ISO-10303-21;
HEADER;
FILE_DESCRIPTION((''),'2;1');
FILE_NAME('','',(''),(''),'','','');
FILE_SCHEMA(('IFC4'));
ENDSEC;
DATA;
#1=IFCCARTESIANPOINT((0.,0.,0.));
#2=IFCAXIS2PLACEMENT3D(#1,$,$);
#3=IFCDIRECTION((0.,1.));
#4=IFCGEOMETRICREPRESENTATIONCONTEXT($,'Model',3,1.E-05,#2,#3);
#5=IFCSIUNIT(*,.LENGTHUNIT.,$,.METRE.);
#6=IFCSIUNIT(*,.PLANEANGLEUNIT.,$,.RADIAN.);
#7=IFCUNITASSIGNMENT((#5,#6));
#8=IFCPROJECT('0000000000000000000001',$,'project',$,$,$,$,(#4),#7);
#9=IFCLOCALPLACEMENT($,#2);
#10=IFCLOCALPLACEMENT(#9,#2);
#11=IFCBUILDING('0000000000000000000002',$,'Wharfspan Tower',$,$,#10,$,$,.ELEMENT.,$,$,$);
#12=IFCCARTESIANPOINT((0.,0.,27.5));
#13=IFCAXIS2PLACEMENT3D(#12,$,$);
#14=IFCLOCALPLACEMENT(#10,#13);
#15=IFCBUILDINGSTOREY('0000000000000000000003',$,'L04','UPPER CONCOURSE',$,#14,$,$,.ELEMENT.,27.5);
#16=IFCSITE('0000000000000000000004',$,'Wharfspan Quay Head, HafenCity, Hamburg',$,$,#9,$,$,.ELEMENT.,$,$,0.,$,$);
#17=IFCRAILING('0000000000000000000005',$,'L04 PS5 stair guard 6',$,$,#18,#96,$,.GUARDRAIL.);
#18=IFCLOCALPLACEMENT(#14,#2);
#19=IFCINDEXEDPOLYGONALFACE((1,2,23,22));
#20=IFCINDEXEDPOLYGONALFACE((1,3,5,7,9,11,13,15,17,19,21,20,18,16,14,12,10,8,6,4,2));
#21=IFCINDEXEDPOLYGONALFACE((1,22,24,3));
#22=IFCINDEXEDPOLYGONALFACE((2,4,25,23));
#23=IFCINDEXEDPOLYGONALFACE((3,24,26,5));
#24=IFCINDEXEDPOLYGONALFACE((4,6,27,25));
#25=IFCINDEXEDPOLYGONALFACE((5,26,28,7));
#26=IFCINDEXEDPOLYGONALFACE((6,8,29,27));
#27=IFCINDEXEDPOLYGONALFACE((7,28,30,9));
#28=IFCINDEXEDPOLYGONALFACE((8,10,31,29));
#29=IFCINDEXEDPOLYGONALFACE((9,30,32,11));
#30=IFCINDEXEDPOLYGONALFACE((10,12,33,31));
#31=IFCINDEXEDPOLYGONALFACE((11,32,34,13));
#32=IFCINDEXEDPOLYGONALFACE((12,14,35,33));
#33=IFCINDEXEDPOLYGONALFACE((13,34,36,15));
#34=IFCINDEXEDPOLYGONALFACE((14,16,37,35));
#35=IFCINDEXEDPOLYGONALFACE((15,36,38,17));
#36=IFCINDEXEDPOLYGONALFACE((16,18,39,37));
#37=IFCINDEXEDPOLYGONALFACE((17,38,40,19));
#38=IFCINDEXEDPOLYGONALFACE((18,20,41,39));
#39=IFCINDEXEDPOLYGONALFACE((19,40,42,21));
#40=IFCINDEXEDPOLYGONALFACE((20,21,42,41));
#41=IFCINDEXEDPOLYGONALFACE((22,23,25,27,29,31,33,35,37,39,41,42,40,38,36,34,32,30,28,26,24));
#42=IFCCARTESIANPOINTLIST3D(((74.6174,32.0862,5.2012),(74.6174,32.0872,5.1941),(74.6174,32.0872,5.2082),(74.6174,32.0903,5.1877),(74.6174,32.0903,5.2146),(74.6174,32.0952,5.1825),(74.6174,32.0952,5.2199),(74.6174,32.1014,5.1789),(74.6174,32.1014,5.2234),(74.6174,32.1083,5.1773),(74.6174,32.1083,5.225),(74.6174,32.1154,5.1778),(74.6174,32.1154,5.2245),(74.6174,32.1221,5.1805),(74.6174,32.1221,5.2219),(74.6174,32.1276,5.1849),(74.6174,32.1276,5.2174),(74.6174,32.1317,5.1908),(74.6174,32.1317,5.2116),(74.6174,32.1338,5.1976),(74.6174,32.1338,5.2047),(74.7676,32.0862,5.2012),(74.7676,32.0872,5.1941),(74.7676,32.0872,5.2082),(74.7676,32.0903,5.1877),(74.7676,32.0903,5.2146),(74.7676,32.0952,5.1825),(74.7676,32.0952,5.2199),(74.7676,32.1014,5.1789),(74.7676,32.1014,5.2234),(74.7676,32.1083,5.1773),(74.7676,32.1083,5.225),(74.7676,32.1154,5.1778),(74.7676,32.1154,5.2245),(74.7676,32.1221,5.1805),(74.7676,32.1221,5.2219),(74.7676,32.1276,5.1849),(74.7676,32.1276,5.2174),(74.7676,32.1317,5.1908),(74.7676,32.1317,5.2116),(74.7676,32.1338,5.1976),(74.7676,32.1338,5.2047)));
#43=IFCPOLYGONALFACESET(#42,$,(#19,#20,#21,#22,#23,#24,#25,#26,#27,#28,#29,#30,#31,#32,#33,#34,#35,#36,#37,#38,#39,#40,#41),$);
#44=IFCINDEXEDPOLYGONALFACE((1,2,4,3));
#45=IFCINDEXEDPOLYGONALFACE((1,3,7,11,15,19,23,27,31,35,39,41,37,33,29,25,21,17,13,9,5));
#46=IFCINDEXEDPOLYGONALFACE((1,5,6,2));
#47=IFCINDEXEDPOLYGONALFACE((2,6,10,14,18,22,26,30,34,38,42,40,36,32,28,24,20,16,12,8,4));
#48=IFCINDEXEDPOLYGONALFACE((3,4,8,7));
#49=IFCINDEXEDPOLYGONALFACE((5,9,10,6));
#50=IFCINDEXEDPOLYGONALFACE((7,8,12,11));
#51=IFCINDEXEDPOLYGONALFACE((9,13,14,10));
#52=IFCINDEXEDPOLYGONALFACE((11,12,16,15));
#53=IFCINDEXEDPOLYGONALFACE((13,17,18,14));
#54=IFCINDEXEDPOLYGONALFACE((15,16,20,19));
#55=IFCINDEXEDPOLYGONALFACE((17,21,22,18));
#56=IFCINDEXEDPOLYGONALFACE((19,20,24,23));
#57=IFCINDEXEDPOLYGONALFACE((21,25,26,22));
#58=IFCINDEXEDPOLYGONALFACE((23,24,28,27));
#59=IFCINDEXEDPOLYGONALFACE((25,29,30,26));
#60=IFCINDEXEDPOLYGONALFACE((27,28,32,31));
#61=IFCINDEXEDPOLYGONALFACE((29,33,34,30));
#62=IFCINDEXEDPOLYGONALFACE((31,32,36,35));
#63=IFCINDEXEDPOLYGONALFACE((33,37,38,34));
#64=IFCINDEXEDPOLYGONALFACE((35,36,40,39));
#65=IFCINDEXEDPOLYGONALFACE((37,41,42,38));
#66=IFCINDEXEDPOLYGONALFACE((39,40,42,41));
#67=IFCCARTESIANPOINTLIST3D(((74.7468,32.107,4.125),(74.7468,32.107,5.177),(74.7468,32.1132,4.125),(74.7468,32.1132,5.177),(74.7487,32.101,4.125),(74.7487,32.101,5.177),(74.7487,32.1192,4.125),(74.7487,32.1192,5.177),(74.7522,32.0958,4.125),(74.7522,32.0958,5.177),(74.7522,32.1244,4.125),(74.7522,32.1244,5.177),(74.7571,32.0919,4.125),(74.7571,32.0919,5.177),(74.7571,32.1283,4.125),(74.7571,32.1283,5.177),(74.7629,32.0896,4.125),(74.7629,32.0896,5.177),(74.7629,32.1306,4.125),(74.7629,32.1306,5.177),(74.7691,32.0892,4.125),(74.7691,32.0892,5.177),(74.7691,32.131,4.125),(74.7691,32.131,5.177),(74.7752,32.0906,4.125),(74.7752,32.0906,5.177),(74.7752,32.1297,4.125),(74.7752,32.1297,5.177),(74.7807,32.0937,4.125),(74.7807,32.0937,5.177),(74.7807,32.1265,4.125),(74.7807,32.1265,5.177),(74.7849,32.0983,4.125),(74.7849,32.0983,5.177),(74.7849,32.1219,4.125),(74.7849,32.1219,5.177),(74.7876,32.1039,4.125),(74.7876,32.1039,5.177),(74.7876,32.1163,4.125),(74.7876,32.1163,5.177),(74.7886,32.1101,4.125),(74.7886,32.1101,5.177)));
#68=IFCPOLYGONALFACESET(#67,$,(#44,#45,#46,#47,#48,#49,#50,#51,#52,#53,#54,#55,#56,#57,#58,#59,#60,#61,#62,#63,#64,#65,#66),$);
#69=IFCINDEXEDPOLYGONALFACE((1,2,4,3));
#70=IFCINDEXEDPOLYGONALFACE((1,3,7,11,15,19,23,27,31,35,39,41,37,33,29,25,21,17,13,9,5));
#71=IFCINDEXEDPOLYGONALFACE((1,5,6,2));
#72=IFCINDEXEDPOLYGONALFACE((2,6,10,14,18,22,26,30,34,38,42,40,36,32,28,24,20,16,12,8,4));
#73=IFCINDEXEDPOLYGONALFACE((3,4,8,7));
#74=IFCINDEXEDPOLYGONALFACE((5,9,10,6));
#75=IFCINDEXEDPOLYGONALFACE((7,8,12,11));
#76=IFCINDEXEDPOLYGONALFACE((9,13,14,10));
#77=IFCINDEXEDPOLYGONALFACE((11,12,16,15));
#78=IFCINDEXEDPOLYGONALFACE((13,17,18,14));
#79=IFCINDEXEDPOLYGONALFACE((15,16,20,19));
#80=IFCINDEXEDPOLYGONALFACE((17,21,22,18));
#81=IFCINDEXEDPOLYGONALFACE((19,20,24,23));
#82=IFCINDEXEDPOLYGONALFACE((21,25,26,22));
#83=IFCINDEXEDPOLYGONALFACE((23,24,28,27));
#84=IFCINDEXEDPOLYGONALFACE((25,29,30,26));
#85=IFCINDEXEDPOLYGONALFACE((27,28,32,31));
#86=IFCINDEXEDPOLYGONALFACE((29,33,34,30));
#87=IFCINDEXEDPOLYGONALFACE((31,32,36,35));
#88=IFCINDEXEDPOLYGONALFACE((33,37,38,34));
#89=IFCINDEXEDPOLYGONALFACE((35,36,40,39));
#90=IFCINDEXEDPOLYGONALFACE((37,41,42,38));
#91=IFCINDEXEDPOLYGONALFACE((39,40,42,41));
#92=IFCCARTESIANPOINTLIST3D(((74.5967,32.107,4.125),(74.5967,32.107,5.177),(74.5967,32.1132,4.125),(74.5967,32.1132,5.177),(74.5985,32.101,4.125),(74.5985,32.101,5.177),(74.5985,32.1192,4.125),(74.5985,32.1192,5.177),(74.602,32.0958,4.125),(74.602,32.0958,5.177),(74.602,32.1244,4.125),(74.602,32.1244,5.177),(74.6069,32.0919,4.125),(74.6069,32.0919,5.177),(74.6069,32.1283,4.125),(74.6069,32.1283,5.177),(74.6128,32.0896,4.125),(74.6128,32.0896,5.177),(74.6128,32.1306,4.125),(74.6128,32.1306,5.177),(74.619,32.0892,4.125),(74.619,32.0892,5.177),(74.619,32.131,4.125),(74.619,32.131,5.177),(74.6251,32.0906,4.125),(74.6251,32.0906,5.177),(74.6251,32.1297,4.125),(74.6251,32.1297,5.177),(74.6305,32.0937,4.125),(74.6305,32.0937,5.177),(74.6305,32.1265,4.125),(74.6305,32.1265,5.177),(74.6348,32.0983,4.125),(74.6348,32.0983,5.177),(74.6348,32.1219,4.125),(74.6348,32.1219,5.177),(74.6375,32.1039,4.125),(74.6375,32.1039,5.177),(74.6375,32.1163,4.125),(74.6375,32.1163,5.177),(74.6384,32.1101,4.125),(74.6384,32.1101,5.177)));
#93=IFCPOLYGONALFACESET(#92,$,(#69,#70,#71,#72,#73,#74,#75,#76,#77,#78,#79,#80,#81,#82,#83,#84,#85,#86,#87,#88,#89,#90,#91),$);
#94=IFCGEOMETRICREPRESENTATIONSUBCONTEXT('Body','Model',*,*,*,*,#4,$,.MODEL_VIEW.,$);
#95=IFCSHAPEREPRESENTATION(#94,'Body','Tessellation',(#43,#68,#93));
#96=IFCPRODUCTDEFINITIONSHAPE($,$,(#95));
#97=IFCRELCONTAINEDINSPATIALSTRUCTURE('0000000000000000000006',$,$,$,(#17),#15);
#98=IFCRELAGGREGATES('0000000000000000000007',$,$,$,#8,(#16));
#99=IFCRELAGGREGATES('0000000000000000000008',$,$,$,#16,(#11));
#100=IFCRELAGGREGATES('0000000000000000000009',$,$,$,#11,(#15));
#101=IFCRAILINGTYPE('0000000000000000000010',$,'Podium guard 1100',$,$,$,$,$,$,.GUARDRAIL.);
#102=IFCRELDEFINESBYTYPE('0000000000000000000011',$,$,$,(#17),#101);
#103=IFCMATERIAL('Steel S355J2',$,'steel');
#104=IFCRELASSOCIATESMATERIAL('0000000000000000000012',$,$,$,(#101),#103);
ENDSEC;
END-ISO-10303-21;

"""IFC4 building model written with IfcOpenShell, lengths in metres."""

from ifc_helpers import new_model, si_unit, direction, frame, origin, origin_2d, place, context, subcontext, project, spatial, circle, extrude, material, type_object, element, save


model = new_model("IFC4")

# Units and contexts
model_context = context("Model", 3, precision=1e-05, world=origin(), true_north=direction((0.0, 1.0)))
body_context = subcontext(model_context, "Body", "Model", "MODEL_VIEW")
ifc_project = project(units=[si_unit("LENGTHUNIT", "METRE"), si_unit("PLANEANGLEUNIT", "RADIAN")], contexts=[model_context])

# Site, building, storey
site_placement = place(None, origin())
site = spatial("IfcSite", under=ifc_project, at=site_placement, Name="Wharfspan Quay Head, HafenCity, Hamburg", CompositionType="ELEMENT", RefElevation=0.0)
building_placement = place(site_placement, origin())
building = spatial("IfcBuilding", under=site, at=building_placement, Name="Wharfspan Tower", CompositionType="ELEMENT")
storey_placement = place(building_placement, frame((0.0, 0.0, 27.5)))
storey = spatial("IfcBuildingStorey", under=building, at=storey_placement, Name="L04", Description="UPPER CONCOURSE", CompositionType="ELEMENT", Elevation=27.5)

# Railing
ifc_material_1 = material(Name="Steel S355J2", Category="steel")
railing_type = type_object("IfcRailingType", Name="Podium guard 1100", PredefinedType="GUARDRAIL", material=ifc_material_1)
railing_placement = place(storey_placement, frame((74.7676, 32.1101, 4.125)))
element("IfcRailing", 1, at=railing_placement, inside=storey, type_object=railing_type, Name="L04 PS5 stair guard 6", PredefinedType="GUARDRAIL", context=body_context, shape_type="SweptSolid", body=[
    extrude(circle(Radius=0.0239, at=origin_2d()), frame((0.0, 0.0, 1.0762), z_axis=(-1.0, 0.0, 0.0), x_axis=(0.0, -1.0, 0.0)), (0.0, 0.0, 1.0), 0.1501),
    extrude(circle(Radius=0.021, at=origin_2d()), origin(), (0.0, 0.0, 1.0), 1.052),
    extrude(circle(Radius=0.021, at=origin_2d()), frame((-0.1501, 0.0, 0.0)), (0.0, 0.0, 1.0), 1.052),
])

save(model, "model.ifc")
